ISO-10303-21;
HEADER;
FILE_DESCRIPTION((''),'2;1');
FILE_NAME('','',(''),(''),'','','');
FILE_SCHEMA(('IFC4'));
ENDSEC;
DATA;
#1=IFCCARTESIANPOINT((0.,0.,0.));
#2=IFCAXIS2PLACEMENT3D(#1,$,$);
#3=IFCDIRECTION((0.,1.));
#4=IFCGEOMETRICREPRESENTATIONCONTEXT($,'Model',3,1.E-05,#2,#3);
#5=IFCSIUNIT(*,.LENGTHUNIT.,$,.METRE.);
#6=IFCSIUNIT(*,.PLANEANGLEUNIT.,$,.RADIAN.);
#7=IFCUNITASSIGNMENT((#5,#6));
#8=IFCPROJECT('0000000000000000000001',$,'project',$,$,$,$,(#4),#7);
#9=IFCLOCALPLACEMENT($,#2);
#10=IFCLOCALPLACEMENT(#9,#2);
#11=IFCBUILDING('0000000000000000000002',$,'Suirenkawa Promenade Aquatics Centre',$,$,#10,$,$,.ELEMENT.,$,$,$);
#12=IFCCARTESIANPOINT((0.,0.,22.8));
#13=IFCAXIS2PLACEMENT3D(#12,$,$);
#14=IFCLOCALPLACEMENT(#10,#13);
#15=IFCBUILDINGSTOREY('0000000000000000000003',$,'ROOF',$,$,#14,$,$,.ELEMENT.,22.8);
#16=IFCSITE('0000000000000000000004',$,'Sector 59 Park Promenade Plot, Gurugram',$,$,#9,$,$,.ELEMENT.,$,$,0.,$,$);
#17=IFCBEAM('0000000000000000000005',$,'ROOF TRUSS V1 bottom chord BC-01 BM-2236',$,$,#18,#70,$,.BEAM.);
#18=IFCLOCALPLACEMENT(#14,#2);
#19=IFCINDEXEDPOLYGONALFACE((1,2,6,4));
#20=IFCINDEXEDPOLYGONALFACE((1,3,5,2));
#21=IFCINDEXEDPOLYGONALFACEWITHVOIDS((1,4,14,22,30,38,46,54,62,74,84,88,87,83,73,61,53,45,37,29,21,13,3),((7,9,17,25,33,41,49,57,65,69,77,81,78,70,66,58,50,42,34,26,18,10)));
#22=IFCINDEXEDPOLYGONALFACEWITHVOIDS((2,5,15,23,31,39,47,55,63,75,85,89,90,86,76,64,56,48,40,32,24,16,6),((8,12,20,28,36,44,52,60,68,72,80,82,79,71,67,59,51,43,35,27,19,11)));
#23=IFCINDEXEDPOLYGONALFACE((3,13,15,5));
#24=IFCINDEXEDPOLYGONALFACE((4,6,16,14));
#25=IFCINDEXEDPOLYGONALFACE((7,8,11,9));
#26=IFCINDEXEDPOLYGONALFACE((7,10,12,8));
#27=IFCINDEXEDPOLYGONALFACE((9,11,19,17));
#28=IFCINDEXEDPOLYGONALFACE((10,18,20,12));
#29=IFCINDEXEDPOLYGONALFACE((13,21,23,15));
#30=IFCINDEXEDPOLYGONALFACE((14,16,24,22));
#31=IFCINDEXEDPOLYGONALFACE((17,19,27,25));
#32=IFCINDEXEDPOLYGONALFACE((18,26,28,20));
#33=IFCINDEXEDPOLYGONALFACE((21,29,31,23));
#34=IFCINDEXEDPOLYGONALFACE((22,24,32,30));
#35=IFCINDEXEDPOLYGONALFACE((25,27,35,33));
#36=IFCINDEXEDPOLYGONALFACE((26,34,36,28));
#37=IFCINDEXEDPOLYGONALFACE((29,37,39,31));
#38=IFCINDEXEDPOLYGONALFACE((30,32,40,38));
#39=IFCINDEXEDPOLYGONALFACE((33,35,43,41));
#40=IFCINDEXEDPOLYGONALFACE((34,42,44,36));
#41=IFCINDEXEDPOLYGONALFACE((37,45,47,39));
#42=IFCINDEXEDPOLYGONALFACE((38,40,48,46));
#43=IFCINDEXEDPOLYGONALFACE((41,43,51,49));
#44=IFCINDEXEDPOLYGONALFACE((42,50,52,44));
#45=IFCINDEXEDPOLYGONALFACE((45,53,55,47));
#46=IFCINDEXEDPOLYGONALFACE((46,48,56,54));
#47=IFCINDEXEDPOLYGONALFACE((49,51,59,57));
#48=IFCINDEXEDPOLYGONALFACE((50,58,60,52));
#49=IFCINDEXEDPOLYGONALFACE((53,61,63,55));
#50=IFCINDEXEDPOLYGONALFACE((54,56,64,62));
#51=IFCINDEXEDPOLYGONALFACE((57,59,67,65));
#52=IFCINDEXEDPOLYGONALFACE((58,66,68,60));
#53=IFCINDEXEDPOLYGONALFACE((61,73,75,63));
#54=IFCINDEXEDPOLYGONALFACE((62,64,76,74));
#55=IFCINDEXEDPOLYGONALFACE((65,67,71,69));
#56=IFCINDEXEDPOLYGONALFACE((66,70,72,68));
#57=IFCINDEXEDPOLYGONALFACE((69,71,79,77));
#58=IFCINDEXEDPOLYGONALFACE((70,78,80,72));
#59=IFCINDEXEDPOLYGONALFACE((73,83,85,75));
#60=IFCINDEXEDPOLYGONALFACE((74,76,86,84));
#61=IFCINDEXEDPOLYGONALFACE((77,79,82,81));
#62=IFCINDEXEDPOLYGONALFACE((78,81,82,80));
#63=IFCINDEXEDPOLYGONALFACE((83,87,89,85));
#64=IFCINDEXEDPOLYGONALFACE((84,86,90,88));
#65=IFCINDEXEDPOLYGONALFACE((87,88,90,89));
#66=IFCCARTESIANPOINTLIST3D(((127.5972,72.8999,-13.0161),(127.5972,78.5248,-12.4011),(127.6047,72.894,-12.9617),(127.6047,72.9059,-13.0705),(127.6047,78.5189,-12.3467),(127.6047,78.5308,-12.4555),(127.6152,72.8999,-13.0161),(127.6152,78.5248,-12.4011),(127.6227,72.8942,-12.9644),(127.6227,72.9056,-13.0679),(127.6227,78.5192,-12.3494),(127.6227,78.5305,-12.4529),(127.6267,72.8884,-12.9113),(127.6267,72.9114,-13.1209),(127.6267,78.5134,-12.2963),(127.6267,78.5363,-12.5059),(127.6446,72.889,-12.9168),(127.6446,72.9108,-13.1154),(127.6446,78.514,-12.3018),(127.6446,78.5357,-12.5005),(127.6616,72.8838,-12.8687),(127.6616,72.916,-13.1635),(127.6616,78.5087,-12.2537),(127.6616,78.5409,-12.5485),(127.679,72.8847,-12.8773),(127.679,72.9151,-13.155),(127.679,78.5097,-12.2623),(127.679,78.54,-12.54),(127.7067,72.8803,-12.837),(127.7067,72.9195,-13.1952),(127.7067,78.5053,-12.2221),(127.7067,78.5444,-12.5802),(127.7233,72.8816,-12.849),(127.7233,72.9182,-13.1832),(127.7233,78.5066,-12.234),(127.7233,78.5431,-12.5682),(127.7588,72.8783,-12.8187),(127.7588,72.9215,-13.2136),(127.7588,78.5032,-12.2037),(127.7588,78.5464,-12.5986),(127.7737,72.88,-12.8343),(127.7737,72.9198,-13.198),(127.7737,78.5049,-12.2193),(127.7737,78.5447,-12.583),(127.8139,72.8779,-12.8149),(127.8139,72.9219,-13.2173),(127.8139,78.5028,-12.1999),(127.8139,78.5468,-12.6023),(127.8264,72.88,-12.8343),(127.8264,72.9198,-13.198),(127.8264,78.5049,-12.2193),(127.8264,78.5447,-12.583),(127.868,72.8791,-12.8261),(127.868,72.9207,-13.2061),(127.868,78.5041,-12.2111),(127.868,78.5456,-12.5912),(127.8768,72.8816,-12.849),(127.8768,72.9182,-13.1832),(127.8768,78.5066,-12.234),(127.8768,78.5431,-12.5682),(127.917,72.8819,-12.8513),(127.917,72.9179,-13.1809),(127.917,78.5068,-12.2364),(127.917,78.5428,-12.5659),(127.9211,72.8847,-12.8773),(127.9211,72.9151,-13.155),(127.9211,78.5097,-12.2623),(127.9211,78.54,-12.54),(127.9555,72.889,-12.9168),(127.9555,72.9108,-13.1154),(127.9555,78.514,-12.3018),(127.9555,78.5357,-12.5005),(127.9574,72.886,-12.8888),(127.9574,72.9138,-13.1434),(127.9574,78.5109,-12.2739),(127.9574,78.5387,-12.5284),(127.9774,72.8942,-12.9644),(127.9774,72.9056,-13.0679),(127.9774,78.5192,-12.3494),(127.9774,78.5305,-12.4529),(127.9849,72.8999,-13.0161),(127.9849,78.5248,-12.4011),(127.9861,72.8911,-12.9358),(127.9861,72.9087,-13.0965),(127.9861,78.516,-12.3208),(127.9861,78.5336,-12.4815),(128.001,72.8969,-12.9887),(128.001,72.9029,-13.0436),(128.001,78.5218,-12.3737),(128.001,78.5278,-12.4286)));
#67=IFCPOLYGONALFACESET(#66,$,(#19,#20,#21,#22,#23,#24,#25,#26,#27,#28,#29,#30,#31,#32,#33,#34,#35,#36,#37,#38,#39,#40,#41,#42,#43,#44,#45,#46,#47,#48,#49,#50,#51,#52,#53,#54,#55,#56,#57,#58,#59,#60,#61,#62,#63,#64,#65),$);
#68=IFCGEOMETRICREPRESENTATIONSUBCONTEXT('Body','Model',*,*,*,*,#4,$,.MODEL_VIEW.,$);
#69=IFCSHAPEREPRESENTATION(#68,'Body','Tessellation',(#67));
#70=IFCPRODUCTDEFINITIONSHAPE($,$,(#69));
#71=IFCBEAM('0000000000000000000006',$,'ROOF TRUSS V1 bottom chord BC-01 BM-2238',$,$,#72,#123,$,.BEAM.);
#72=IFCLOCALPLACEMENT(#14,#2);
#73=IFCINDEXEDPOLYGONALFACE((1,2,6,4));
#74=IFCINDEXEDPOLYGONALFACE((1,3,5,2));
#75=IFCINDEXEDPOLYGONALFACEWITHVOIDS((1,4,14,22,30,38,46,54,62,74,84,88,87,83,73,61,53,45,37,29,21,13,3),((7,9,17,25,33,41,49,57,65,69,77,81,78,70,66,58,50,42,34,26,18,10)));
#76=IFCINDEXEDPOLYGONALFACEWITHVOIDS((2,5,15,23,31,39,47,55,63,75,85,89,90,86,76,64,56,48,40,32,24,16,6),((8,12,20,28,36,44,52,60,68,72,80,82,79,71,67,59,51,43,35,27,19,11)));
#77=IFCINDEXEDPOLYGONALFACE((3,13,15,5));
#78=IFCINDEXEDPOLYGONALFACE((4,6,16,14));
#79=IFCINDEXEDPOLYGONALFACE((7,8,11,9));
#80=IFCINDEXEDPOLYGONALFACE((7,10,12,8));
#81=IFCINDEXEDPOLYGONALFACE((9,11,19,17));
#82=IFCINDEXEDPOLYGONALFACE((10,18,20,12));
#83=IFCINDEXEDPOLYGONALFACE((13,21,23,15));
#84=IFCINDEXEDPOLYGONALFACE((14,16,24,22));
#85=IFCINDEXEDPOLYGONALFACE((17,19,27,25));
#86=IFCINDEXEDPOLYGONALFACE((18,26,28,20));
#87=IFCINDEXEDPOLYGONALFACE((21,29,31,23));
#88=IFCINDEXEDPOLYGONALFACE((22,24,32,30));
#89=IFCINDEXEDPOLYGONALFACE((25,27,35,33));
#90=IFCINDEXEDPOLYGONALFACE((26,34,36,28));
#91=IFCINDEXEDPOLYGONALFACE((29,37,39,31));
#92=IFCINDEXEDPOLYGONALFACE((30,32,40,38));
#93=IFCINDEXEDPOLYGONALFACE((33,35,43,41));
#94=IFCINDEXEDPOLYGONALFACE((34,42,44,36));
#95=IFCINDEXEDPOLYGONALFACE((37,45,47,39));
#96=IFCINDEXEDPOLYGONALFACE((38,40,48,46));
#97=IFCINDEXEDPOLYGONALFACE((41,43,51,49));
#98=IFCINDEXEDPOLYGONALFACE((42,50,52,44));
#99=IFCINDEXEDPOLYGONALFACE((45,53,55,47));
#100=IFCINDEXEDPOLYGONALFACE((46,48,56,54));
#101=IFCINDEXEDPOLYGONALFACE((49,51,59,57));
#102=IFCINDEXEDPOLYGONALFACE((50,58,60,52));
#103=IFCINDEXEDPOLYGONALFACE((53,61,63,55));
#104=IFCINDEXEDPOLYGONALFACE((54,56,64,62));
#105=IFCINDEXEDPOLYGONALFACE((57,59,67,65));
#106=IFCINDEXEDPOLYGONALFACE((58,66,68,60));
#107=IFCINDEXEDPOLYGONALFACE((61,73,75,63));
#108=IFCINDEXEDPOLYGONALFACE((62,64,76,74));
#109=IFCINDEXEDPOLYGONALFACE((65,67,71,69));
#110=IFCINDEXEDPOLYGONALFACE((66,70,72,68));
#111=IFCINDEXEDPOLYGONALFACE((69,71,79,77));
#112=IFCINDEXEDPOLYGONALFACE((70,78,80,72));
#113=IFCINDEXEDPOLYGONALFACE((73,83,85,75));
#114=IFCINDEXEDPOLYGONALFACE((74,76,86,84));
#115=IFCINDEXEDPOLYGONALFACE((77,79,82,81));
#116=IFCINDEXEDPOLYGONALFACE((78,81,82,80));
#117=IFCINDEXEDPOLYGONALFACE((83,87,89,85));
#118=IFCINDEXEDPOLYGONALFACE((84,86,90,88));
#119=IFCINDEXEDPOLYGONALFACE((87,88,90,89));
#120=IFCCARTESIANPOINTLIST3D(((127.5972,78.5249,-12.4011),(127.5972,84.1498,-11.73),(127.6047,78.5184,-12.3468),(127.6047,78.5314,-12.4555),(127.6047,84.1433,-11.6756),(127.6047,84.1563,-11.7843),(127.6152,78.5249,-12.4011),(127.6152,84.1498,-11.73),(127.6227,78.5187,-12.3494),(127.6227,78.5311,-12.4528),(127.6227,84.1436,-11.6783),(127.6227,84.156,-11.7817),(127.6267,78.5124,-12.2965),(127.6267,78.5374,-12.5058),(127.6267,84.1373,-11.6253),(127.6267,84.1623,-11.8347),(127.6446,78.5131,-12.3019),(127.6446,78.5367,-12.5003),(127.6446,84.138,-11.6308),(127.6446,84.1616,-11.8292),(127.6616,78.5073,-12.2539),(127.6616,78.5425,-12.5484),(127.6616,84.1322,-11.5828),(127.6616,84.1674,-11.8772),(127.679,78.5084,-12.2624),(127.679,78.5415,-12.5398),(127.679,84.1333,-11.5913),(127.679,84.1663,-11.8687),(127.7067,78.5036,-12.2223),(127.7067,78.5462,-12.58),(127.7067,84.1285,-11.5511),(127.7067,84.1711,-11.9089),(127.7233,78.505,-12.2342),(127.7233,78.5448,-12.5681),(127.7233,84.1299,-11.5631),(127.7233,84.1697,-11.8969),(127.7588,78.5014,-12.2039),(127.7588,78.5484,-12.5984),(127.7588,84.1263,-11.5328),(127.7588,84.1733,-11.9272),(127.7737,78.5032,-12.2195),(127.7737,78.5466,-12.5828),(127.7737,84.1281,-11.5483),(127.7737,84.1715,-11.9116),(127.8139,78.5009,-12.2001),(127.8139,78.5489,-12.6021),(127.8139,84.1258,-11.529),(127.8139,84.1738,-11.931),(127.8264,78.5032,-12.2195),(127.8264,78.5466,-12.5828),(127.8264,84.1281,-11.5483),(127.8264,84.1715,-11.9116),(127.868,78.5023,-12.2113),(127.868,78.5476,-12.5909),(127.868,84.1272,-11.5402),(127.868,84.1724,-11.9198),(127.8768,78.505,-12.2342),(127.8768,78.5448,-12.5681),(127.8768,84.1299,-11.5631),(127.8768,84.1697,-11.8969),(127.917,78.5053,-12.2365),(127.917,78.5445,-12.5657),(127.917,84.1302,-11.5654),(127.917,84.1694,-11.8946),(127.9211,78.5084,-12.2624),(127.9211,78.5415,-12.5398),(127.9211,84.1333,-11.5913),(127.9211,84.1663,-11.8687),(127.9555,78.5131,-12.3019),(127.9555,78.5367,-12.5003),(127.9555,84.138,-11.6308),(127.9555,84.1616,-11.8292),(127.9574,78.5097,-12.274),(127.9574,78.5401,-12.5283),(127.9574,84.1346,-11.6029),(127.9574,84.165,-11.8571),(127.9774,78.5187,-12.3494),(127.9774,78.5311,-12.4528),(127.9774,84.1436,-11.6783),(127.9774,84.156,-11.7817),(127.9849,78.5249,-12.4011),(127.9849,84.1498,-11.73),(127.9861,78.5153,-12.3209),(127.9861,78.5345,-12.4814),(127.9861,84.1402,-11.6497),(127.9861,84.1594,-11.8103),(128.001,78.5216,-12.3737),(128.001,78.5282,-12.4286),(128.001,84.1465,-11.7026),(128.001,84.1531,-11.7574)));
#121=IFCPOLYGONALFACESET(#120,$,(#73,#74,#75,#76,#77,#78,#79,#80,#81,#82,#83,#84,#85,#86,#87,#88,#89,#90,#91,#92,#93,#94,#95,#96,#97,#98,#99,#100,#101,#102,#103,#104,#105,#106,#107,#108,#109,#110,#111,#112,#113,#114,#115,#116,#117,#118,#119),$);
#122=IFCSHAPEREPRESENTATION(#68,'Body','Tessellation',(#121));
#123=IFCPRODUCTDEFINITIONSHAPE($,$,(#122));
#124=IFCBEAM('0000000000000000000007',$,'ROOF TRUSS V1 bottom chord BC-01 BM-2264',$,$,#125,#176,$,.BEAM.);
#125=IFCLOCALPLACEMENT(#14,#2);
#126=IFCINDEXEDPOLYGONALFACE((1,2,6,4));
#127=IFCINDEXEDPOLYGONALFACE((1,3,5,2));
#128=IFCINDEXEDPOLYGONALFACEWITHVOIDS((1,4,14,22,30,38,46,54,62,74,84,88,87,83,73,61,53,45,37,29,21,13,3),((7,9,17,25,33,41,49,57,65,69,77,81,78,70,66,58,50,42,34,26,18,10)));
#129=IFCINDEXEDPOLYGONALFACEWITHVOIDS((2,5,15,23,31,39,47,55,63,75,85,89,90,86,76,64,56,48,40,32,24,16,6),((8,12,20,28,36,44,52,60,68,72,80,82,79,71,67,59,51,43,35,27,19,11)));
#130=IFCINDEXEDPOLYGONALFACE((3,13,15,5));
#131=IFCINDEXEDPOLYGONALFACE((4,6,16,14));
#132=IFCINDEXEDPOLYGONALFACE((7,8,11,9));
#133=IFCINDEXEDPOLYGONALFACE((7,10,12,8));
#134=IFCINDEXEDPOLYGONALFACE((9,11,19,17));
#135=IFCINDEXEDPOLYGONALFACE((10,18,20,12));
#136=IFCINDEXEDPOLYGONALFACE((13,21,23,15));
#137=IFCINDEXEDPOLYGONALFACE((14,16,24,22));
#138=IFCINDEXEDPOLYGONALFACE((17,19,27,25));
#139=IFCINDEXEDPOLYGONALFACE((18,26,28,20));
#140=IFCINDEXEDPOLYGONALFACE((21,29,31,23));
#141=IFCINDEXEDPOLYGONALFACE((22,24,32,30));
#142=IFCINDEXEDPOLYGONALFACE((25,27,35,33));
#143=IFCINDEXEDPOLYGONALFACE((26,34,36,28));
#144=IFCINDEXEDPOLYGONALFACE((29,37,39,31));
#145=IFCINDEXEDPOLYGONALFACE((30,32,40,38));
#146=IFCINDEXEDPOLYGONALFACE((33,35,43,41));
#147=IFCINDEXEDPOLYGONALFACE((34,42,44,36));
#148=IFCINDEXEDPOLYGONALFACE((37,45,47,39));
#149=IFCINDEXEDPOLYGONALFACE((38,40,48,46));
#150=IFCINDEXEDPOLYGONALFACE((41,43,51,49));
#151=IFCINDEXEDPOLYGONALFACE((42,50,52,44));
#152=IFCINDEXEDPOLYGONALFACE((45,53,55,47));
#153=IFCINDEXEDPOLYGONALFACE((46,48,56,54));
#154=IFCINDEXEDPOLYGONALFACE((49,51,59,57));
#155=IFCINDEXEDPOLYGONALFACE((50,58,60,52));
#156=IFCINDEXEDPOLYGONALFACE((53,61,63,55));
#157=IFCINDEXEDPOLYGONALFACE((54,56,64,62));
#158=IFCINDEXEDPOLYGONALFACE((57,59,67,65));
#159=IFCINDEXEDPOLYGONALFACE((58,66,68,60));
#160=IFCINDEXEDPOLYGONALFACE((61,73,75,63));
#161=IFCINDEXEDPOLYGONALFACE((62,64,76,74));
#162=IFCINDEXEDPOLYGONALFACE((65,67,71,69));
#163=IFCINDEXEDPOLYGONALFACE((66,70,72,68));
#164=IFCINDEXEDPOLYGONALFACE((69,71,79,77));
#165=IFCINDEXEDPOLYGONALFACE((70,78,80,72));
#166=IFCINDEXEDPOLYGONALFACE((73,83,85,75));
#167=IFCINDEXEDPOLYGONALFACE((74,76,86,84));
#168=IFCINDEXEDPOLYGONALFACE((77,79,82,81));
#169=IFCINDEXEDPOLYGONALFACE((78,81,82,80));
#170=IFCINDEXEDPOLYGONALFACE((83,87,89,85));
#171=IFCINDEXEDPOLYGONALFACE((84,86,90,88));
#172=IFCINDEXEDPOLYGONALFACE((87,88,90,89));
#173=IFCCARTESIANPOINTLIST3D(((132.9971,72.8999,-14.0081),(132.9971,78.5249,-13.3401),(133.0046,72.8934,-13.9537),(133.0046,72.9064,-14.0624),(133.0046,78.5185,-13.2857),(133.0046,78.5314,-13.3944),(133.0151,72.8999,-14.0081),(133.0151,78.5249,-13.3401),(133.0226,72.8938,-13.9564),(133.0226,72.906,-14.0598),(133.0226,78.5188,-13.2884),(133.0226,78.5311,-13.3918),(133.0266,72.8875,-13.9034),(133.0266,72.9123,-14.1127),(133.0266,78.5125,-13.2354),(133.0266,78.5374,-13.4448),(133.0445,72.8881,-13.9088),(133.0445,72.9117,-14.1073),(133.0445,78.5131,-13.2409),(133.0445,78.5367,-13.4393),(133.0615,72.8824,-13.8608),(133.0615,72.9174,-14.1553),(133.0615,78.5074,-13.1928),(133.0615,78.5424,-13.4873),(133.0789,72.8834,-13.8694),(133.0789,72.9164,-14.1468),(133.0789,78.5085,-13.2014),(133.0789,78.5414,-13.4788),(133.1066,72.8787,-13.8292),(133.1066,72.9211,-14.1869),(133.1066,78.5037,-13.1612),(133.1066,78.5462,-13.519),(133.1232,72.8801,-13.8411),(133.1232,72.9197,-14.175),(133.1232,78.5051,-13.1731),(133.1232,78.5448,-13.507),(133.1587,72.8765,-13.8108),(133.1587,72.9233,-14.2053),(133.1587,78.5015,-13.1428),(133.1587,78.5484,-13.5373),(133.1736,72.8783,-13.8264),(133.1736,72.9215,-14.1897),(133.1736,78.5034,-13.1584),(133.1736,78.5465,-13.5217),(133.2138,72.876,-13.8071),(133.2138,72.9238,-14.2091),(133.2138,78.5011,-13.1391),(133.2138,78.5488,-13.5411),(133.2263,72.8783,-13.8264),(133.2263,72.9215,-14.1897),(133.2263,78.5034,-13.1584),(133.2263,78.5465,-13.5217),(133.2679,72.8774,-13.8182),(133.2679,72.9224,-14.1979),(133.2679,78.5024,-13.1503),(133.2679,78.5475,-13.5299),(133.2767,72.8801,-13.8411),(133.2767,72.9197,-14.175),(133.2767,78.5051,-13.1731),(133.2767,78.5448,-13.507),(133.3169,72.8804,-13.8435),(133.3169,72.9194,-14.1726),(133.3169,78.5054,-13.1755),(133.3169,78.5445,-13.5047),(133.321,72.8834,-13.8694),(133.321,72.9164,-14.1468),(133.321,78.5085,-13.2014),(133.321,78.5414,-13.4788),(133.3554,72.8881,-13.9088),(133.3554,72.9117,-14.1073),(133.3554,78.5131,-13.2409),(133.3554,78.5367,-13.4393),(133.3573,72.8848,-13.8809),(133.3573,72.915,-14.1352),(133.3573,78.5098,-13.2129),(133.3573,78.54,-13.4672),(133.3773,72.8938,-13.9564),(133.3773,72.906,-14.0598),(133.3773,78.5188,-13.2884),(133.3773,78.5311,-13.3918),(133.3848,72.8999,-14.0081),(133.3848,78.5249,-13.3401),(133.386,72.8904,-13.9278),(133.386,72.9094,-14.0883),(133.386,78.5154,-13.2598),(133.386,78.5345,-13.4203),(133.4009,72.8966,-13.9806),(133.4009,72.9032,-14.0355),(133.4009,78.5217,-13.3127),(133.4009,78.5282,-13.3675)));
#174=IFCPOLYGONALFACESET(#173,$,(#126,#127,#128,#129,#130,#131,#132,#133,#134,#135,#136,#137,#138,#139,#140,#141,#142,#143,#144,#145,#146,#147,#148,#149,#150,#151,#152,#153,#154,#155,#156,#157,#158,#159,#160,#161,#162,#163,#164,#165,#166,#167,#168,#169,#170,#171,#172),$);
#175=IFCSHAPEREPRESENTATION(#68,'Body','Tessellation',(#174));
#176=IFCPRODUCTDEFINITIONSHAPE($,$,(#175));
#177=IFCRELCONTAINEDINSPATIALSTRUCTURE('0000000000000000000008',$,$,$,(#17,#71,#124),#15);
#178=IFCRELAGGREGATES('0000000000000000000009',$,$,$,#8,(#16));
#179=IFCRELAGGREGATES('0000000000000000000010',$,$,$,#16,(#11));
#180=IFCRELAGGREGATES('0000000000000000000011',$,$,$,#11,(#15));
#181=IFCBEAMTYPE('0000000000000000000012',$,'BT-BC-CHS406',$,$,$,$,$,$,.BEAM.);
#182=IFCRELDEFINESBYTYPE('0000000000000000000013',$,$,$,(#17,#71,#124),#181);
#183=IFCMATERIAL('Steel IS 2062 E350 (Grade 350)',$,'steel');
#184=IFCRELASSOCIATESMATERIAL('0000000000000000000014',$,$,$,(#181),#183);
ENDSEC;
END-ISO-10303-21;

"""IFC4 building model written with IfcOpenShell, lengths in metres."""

from ifc_helpers import new_model, si_unit, direction, frame, origin, origin_2d, place, context, subcontext, project, spatial, hollow_circle, extrude, material, material_profile, profile_set, type_object, element, save


model = new_model("IFC4")

# Units and contexts
model_context = context("Model", 3, precision=1e-05, world=origin(), true_north=direction((0.0, 1.0)))
body_context = subcontext(model_context, "Body", "Model", "MODEL_VIEW")
ifc_project = project(units=[si_unit("LENGTHUNIT", "METRE"), si_unit("PLANEANGLEUNIT", "RADIAN")], contexts=[model_context])

# Site, building, storey
site_placement = place(None, origin())
site = spatial("IfcSite", under=ifc_project, at=site_placement, Name="Sector 59 Park Promenade Plot, Gurugram", CompositionType="ELEMENT", RefElevation=0.0)
building_placement = place(site_placement, origin())
building = spatial("IfcBuilding", under=site, at=building_placement, Name="Suirenkawa Promenade Aquatics Centre", CompositionType="ELEMENT")
storey_placement = place(building_placement, frame((0.0, 0.0, 22.8)))
storey = spatial("IfcBuildingStorey", under=building, at=storey_placement, Name="ROOF", CompositionType="ELEMENT", Elevation=22.8)

# Beams
ifc_material = material(Name="Steel IS 2062 E350 (Grade 350)", Category="steel")
ifc_material_profile_1 = material_profile(ifc_material, hollow_circle(Radius=0.2029, WallThickness=0.0181, at=origin_2d()), Name="CHS 406x18", Category="steel")
ifc_profile_set_1 = profile_set([ifc_material_profile_1], Name="Steel IS 2062 E350 (Grade 350)")
beam_type_1 = type_object("IfcBeamType", Name="BT-BC-CHS406", PredefinedType="BEAM", material=ifc_profile_set_1)
beam_1_placement = place(storey_placement, frame((127.8, 72.8999, -13.0161), z_axis=(0.0, 0.994076, 0.108684), x_axis=(-1.0, 0.0, 0.0)))
element("IfcBeam", 1, at=beam_1_placement, inside=storey, type_object=beam_type_1, Name="ROOF TRUSS V1 bottom chord BC-01 BM-2236", PredefinedType="BEAM", context=body_context, shape_type="SweptSolid", body=[
    extrude(hollow_circle(Radius=0.2029, WallThickness=0.0181, at=origin_2d()), origin(), (0.0, 0.0, 1.0), 5.6584),
])
beam_2_placement = place(storey_placement, frame((127.8, 78.5249, -12.4011), z_axis=(0.0, 0.992957, 0.118474), x_axis=(-1.0, 0.0, 0.0)))
element("IfcBeam", 2, at=beam_2_placement, inside=storey, type_object=beam_type_1, Name="ROOF TRUSS V1 bottom chord BC-01 BM-2238", PredefinedType="BEAM", context=body_context, shape_type="SweptSolid", body=[
    extrude(hollow_circle(Radius=0.2029, WallThickness=0.0181, at=origin_2d()), origin(), (0.0, 0.0, 1.0), 5.6648),
])
beam_3_placement = place(storey_placement, frame((133.2, 72.8999, -14.0081), z_axis=(0.0, 0.993023, 0.117921), x_axis=(-1.0, 0.0, 0.0)))
element("IfcBeam", 3, at=beam_3_placement, inside=storey, type_object=beam_type_1, Name="ROOF TRUSS V1 bottom chord BC-01 BM-2264", PredefinedType="BEAM", context=body_context, shape_type="SweptSolid", body=[
    extrude(hollow_circle(Radius=0.2029, WallThickness=0.0181, at=origin_2d()), origin(), (0.0, 0.0, 1.0), 5.6646),
])

save(model, "model.ifc")
